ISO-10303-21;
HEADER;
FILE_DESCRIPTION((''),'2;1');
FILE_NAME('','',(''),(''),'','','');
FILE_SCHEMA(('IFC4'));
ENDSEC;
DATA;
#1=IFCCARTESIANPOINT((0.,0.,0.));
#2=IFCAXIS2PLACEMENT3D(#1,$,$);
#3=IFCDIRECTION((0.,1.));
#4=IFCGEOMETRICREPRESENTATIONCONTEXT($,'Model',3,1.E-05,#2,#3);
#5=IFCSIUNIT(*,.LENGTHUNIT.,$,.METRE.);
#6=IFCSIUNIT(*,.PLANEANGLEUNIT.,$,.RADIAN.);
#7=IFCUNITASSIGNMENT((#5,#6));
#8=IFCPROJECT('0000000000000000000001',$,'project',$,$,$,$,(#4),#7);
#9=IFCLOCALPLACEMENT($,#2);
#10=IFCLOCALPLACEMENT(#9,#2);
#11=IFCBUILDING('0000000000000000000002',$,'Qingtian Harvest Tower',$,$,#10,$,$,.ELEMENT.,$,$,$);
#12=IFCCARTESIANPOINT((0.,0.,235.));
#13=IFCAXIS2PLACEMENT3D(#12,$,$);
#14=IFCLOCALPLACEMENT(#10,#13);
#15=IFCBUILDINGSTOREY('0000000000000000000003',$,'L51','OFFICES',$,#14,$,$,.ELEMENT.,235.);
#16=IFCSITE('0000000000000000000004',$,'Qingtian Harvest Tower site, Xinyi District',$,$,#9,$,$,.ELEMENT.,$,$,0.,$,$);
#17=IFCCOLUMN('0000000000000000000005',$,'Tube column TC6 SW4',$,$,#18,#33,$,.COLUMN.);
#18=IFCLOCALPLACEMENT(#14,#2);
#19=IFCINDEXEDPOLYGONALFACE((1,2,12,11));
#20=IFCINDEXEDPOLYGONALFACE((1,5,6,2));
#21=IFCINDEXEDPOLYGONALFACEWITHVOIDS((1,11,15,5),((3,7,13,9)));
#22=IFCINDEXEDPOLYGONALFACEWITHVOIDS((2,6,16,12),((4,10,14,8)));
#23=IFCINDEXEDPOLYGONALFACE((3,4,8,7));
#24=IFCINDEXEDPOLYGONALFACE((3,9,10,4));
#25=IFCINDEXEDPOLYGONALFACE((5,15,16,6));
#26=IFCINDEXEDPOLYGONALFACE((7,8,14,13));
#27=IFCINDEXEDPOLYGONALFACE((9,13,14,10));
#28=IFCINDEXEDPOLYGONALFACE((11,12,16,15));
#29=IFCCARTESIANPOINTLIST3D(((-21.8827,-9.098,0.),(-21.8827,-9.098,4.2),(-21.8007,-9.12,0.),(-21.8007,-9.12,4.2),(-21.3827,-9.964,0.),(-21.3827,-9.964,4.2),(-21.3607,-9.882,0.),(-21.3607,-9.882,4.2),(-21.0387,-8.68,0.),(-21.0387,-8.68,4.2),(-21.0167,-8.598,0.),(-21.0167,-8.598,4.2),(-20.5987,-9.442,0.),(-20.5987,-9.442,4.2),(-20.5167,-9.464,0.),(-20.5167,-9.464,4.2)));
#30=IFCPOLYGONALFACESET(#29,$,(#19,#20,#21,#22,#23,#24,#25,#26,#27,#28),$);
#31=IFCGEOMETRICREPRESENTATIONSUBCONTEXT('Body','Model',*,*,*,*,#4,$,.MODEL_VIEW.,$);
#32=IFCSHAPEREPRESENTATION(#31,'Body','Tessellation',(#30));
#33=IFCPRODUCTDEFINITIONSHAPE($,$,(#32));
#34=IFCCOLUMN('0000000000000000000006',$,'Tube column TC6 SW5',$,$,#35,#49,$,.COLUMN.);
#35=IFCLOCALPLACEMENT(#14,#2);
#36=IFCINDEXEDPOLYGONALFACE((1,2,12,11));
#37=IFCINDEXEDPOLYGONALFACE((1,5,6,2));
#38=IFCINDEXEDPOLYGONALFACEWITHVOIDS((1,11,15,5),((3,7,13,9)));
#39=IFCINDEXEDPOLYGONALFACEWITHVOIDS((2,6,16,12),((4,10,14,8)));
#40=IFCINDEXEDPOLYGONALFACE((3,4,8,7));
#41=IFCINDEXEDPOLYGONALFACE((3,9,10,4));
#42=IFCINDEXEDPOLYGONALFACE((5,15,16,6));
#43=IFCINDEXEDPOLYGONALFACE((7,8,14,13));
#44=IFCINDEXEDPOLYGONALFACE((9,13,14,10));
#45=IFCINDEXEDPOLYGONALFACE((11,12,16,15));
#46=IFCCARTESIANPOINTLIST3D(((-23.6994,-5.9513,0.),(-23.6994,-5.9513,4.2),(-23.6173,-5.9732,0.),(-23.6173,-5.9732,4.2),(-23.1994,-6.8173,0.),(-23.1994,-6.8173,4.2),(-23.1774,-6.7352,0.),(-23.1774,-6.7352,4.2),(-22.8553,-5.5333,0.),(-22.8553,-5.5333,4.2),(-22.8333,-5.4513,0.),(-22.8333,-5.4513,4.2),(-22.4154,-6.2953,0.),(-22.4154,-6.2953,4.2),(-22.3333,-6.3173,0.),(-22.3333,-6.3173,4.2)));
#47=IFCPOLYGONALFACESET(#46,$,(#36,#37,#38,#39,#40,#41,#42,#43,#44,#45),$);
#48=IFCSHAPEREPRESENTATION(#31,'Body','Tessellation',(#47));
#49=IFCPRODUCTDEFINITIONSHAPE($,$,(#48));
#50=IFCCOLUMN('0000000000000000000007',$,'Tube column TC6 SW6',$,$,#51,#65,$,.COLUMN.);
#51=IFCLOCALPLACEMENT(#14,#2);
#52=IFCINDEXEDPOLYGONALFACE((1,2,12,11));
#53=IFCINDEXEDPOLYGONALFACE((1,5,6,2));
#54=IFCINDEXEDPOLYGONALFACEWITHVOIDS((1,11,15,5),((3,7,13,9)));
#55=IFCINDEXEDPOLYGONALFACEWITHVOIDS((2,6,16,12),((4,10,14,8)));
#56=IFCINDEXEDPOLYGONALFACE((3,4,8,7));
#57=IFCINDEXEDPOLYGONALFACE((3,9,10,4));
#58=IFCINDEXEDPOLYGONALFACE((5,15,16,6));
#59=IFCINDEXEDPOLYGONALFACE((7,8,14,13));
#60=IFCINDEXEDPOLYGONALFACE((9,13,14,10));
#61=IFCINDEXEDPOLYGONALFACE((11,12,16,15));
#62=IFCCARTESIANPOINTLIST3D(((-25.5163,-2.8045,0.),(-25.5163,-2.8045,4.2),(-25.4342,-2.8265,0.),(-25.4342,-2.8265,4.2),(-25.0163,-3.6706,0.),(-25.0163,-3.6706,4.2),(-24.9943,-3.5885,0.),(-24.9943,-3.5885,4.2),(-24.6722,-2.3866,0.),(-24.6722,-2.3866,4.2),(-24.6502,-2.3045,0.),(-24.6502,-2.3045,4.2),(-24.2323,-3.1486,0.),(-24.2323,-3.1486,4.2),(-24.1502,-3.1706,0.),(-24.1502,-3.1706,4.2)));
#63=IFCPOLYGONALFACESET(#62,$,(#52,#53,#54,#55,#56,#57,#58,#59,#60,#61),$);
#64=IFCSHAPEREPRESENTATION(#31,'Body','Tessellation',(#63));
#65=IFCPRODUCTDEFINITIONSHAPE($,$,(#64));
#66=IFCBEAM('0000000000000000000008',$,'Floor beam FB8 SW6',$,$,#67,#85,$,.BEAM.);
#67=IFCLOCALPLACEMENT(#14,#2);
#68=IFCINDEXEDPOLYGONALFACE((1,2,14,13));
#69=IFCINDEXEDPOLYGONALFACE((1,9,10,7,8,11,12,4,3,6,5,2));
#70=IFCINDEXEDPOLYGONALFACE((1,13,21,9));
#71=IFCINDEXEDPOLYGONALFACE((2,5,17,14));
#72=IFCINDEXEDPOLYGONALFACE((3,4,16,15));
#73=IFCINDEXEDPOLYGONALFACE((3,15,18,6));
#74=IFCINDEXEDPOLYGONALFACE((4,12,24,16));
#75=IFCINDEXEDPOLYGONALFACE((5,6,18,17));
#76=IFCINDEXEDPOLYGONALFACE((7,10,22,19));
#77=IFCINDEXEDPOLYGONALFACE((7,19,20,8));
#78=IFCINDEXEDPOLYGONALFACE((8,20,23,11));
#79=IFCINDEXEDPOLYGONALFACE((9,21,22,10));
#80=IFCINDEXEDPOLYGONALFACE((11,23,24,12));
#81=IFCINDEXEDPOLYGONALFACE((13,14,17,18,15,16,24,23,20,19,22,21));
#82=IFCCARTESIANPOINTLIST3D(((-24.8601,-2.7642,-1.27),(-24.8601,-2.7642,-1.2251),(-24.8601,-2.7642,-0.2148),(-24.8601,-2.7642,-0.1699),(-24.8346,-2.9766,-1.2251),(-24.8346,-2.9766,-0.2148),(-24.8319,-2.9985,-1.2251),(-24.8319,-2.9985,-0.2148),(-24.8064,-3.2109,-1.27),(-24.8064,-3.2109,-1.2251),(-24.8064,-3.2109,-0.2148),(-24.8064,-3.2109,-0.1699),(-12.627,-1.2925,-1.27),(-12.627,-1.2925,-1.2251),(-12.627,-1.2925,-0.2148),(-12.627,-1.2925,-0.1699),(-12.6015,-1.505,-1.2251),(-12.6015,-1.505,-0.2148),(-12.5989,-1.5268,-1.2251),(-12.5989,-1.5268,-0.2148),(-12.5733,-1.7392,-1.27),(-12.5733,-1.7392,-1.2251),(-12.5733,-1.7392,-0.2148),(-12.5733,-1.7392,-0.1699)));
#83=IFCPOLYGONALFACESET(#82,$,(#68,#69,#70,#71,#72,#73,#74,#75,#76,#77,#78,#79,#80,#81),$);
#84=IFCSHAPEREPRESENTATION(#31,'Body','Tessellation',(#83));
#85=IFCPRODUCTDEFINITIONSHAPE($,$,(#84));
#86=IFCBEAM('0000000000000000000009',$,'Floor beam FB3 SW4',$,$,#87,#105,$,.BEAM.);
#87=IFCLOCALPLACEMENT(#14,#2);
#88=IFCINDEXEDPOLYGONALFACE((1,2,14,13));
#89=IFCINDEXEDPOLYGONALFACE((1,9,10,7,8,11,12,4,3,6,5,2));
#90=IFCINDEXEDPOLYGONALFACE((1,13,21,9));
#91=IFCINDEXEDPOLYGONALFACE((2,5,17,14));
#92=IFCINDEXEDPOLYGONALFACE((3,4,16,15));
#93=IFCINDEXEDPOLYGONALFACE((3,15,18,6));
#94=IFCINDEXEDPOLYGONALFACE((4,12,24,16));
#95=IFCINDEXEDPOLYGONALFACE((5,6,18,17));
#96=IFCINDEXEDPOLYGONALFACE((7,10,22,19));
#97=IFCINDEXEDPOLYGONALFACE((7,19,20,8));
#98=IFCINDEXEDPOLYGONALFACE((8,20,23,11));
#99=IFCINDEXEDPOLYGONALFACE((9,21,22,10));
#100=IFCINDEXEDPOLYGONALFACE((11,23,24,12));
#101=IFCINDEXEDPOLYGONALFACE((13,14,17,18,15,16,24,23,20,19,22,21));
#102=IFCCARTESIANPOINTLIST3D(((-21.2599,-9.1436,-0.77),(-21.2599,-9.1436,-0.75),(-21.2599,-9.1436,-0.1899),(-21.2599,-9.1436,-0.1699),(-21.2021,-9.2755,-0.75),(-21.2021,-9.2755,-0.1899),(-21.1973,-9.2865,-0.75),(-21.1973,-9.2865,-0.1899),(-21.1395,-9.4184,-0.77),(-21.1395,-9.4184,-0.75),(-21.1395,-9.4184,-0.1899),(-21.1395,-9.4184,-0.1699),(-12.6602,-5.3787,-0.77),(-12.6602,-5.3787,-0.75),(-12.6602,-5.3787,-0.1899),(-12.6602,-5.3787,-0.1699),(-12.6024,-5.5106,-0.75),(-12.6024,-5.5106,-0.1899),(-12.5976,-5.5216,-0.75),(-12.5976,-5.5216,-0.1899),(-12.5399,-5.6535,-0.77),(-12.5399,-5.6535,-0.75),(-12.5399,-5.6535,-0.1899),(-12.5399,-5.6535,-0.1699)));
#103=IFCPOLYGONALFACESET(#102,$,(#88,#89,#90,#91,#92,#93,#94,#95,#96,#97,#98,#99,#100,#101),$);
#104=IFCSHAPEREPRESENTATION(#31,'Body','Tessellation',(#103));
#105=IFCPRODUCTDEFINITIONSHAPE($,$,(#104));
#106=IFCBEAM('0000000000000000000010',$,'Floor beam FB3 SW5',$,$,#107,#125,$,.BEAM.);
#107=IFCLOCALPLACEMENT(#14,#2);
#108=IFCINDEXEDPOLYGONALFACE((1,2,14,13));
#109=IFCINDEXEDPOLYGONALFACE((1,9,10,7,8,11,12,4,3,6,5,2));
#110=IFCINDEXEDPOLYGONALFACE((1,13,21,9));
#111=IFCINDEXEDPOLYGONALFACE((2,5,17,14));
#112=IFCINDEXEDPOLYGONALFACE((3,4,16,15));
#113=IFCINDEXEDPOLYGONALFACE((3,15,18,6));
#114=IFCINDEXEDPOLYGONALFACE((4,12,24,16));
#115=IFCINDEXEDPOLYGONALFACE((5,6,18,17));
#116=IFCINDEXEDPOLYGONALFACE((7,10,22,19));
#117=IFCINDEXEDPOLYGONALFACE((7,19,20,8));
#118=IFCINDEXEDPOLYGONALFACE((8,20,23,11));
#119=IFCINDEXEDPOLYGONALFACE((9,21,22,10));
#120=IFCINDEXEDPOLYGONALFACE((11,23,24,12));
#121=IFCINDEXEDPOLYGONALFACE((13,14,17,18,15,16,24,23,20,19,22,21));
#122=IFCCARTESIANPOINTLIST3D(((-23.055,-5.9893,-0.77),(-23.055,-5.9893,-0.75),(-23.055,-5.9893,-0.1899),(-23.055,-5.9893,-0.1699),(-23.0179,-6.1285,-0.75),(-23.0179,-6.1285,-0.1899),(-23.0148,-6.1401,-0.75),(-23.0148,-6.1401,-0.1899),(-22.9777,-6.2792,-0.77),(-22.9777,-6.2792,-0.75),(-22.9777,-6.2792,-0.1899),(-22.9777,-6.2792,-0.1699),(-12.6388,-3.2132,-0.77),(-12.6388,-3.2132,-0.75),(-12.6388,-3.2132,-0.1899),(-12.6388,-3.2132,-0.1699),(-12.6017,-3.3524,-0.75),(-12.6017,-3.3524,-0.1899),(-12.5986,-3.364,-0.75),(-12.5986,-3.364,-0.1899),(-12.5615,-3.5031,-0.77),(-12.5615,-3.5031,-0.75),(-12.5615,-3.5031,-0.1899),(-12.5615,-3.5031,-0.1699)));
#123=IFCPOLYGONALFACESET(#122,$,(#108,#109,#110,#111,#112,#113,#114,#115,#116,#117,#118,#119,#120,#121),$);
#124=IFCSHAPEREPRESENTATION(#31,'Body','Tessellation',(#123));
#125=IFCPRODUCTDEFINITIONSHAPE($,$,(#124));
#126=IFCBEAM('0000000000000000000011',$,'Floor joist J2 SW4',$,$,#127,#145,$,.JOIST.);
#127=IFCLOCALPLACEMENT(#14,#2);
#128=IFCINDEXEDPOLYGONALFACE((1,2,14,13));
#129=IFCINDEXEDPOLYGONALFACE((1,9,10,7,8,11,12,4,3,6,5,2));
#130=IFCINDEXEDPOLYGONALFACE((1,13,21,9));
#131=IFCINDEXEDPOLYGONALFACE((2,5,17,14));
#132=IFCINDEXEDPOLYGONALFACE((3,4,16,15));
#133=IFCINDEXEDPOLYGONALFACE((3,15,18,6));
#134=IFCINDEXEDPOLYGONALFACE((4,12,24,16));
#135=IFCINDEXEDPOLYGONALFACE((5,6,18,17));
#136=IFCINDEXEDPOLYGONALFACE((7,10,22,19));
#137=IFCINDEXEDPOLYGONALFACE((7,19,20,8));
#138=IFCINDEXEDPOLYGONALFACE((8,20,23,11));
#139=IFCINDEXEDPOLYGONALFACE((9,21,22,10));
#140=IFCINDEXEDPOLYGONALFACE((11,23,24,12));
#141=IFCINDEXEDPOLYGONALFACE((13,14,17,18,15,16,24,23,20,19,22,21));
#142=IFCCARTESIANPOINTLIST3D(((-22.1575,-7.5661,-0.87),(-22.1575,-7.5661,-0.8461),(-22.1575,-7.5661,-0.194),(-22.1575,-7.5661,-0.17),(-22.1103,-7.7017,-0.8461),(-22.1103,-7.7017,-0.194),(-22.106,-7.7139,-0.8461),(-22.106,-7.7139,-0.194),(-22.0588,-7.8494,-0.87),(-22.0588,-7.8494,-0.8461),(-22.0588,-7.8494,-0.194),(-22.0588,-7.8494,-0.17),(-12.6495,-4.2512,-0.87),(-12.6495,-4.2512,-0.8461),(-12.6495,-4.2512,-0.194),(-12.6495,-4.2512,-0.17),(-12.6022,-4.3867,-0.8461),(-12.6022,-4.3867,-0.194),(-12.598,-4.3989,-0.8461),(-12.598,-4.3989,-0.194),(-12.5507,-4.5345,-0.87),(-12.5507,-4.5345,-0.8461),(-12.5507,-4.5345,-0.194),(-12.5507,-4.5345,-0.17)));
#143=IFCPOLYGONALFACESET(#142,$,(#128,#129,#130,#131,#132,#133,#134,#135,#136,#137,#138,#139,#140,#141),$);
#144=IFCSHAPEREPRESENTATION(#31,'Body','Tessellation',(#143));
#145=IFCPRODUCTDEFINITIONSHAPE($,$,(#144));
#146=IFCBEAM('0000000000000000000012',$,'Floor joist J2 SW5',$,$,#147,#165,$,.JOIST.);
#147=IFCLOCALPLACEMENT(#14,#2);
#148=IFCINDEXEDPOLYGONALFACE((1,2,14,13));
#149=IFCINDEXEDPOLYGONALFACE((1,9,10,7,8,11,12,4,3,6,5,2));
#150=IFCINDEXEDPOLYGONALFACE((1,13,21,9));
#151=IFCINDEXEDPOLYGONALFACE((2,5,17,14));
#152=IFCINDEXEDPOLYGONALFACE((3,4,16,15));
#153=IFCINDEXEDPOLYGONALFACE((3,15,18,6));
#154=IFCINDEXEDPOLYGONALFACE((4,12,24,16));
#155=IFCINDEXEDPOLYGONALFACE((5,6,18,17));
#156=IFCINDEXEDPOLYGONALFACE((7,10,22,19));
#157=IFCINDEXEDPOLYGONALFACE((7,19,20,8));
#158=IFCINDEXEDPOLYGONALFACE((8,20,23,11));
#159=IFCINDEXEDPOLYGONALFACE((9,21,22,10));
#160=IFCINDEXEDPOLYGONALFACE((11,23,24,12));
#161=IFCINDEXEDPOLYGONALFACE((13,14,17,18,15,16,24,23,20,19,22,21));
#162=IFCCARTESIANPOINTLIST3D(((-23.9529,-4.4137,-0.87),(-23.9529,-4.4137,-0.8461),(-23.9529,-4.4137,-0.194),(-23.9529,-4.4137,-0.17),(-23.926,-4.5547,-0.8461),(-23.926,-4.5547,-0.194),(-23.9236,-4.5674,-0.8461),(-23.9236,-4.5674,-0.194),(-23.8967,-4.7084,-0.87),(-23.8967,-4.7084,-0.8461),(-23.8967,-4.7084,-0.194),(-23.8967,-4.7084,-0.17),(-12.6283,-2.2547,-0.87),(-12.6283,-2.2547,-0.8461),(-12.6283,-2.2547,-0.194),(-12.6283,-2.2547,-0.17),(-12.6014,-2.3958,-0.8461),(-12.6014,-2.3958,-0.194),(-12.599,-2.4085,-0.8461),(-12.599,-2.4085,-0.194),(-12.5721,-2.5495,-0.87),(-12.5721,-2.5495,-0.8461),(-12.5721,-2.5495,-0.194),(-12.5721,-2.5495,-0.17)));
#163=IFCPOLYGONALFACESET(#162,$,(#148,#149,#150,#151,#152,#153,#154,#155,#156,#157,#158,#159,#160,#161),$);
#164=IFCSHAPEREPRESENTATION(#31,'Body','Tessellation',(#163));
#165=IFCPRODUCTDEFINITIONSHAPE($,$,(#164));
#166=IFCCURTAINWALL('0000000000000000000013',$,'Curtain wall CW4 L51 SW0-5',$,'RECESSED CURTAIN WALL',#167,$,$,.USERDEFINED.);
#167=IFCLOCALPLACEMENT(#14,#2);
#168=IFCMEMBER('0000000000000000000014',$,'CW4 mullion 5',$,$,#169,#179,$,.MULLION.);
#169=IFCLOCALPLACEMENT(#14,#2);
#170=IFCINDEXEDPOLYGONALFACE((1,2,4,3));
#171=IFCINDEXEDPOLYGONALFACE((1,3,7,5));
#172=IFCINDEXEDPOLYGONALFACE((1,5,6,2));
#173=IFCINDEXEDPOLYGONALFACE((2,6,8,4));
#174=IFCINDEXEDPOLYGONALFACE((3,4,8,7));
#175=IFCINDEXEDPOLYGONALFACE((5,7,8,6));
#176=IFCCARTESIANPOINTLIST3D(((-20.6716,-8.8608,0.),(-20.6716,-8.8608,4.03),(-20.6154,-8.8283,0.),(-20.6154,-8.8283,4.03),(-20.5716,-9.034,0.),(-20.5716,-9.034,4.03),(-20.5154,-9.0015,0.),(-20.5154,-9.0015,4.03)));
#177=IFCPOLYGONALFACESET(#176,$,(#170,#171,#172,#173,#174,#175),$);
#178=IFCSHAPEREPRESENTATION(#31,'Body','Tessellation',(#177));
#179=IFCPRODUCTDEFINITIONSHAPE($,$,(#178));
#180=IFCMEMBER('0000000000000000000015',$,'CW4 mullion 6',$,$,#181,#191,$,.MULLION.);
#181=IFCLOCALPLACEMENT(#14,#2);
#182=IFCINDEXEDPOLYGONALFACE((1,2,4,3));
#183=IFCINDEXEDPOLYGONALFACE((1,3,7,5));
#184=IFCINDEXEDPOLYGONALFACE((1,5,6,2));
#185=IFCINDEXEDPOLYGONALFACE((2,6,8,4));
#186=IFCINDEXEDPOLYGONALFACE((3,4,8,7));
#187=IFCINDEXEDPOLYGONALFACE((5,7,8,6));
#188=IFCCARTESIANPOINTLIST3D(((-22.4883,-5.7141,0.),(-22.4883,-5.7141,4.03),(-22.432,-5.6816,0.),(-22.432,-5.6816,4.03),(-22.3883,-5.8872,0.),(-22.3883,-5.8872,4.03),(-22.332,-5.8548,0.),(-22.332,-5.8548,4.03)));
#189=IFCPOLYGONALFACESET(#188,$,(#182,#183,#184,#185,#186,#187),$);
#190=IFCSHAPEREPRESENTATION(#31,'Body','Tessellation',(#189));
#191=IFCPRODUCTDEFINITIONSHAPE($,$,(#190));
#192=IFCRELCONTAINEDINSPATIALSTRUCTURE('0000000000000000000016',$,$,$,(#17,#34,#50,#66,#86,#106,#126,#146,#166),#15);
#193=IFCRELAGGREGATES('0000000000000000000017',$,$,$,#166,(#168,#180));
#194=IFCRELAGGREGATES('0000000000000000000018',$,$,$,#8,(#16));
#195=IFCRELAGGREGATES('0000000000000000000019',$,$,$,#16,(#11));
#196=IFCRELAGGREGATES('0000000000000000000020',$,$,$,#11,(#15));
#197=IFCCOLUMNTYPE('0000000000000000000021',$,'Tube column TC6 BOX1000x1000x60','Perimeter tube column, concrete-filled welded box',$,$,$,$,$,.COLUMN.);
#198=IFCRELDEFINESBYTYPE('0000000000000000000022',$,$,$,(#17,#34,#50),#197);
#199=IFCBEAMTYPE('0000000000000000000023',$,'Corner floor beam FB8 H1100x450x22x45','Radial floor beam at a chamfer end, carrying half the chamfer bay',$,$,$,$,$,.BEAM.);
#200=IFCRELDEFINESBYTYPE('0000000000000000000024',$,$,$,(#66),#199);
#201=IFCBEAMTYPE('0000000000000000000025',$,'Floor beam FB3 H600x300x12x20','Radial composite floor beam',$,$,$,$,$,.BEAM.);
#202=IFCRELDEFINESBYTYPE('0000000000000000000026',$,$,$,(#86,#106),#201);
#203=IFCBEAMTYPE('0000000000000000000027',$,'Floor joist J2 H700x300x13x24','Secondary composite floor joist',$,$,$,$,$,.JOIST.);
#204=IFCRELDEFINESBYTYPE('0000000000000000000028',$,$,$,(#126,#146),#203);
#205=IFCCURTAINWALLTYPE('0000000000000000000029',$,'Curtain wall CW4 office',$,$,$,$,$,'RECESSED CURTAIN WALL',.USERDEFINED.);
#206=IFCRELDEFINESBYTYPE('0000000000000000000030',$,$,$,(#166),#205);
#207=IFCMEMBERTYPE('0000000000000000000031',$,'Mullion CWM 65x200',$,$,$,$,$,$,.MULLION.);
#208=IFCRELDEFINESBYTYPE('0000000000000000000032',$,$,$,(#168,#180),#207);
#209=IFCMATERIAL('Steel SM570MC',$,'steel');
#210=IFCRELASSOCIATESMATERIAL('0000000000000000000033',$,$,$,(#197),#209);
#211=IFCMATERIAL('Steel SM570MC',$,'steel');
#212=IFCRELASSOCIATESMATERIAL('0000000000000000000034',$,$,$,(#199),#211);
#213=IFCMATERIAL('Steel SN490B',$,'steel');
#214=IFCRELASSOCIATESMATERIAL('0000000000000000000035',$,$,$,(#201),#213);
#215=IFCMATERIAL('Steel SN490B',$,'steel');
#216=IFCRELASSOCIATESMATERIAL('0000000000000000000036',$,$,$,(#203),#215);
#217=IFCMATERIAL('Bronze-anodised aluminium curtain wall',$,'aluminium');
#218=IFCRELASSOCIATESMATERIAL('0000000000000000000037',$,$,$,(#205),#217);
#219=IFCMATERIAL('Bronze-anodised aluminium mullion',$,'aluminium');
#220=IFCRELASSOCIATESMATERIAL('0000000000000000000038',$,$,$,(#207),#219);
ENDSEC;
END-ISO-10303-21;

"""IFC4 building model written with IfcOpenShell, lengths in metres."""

from ifc_helpers import new_model, si_unit, direction, frame, origin, origin_2d, place, context, subcontext, project, spatial, rectangle, hollow_rectangle, i_section, extrude, material, material_profile, profile_set, type_object, element, aggregate, save


model = new_model("IFC4")

# Units and contexts
model_context = context("Model", 3, precision=1e-05, world=origin(), true_north=direction((0.0, 1.0)))
body_context = subcontext(model_context, "Body", "Model", "MODEL_VIEW")
ifc_project = project(units=[si_unit("LENGTHUNIT", "METRE"), si_unit("PLANEANGLEUNIT", "RADIAN")], contexts=[model_context])

# Site, building, storey
site_placement = place(None, origin())
site = spatial("IfcSite", under=ifc_project, at=site_placement, Name="Qingtian Harvest Tower site, Xinyi District", CompositionType="ELEMENT", RefElevation=0.0)
building_placement = place(site_placement, origin())
building = spatial("IfcBuilding", under=site, at=building_placement, Name="Qingtian Harvest Tower", CompositionType="ELEMENT")
storey_placement = place(building_placement, frame((0.0, 0.0, 235.0)))
storey = spatial("IfcBuildingStorey", under=building, at=storey_placement, Name="L51", Description="OFFICES", CompositionType="ELEMENT", Elevation=235.0)

# Columns
ifc_material_1 = material(Name="Steel SM570MC", Category="steel")
ifc_material_profile_1 = material_profile(ifc_material_1, hollow_rectangle(XDim=1.0, YDim=1.0, WallThickness=0.0601, at=origin_2d()), Name="BOX1000x1000x60")
ifc_profile_set_1 = profile_set([ifc_material_profile_1], Name="Steel SM570MC")
column_type = type_object("IfcColumnType", Name="Tube column TC6 BOX1000x1000x60", Description="Perimeter tube column, concrete-filled welded box", PredefinedType="COLUMN", material=ifc_profile_set_1)
for number, where, z_axis, x_axis, name in (
    (1, (-21.1997, -9.281, 0.0), (0.0, 0.0, 1.0), (0.5, -0.866025, 0.0), "Tube column TC6 SW4"),
    (2, (-23.0164, -6.1343, 0.0), (0.0, 0.0, 1.0), (0.5, -0.866025, 0.0), "Tube column TC6 SW5"),
    (3, (-24.8333, -2.9875, 0.0), (0.0, 0.0, 1.0), (0.5, -0.866025, 0.0), "Tube column TC6 SW6"),
):
    element("IfcColumn", number, at=place(storey_placement, frame(where, z_axis=z_axis, x_axis=x_axis)), inside=storey, type_object=column_type, Name=name, PredefinedType="COLUMN", context=body_context, shape_type="SweptSolid", body=[
        extrude(hollow_rectangle(XDim=1.0, YDim=1.0, WallThickness=0.0601, at=origin_2d()), origin(), (0.0, 0.0, 1.0), 4.2),
    ])

# Beams
ifc_material_2 = material(Name="Steel SM570MC", Category="steel")
ifc_material_profile_2 = material_profile(ifc_material_2, i_section(OverallWidth=0.45, OverallDepth=1.1001, WebThickness=0.022, FlangeThickness=0.0449, at=origin_2d()), Name="H1100x450x22x45")
ifc_profile_set_2 = profile_set([ifc_material_profile_2], Name="Steel SM570MC")
beam_type_1 = type_object("IfcBeamType", Name="Corner floor beam FB8 H1100x450x22x45", Description="Radial floor beam at a chamfer end, carrying half the chamfer bay", PredefinedType="BEAM", material=ifc_profile_set_2)
beam_1_placement = place(storey_placement, frame((-24.8333, -2.9875, -0.72), z_axis=(0.992841, 0.119441, 0.0), x_axis=(-0.119441, 0.992841, 0.0)))
element("IfcBeam", 4, at=beam_1_placement, inside=storey, type_object=beam_type_1, Name="Floor beam FB8 SW6", PredefinedType="BEAM", context=body_context, shape_type="SweptSolid", body=[
    extrude(i_section(OverallWidth=0.45, OverallDepth=1.1001, WebThickness=0.022, FlangeThickness=0.0449, at=origin_2d()), origin(), (0.0, 0.0, 1.0), 12.3213),
])
ifc_material_3 = material(Name="Steel SN490B", Category="steel")
ifc_material_profile_3 = material_profile(ifc_material_3, i_section(OverallWidth=0.3, OverallDepth=0.6001, WebThickness=0.012, FlangeThickness=0.02, at=origin_2d()), Name="H600x300x12x20")
ifc_profile_set_3 = profile_set([ifc_material_profile_3], Name="Steel SN490B")
beam_type_2 = type_object("IfcBeamType", Name="Floor beam FB3 H600x300x12x20", Description="Radial composite floor beam", PredefinedType="BEAM", material=ifc_profile_set_3)
beam_2_placement = place(storey_placement, frame((-21.1997, -9.281, -0.47), z_axis=(0.916057, 0.401048, 0.0), x_axis=(-0.401048, 0.916057, 0.0)))
element("IfcBeam", 5, at=beam_2_placement, inside=storey, type_object=beam_type_2, Name="Floor beam FB3 SW4", PredefinedType="BEAM", context=body_context, shape_type="SweptSolid", body=[
    extrude(i_section(OverallWidth=0.3, OverallDepth=0.6001, WebThickness=0.012, FlangeThickness=0.02, at=origin_2d()), origin(), (0.0, 0.0, 1.0), 9.3877),
])
beam_3_placement = place(storey_placement, frame((-23.0164, -6.1343, -0.47), z_axis=(0.966271, 0.257529, 0.0), x_axis=(-0.257529, 0.966271, 0.0)))
element("IfcBeam", 6, at=beam_3_placement, inside=storey, type_object=beam_type_2, Name="Floor beam FB3 SW5", PredefinedType="BEAM", context=body_context, shape_type="SweptSolid", body=[
    extrude(i_section(OverallWidth=0.3, OverallDepth=0.6001, WebThickness=0.012, FlangeThickness=0.02, at=origin_2d()), origin(), (0.0, 0.0, 1.0), 10.7798),
])
ifc_material_4 = material(Name="Steel SN490B", Category="steel")
ifc_material_profile_4 = material_profile(ifc_material_4, i_section(OverallWidth=0.3, OverallDepth=0.7, WebThickness=0.0129, FlangeThickness=0.0239, at=origin_2d()), Name="H700x300x13x24")
ifc_profile_set_4 = profile_set([ifc_material_profile_4], Name="Steel SN490B")
beam_type_3 = type_object("IfcBeamType", Name="Floor joist J2 H700x300x13x24", Description="Secondary composite floor joist", PredefinedType="JOIST", material=ifc_profile_set_4)
beam_4_placement = place(storey_placement, frame((-22.1082, -7.7078, -0.52), z_axis=(0.944256, 0.329211, 0.0), x_axis=(-0.329211, 0.944256, 0.0)))
element("IfcBeam", 7, at=beam_4_placement, inside=storey, type_object=beam_type_3, Name="Floor joist J2 SW4", PredefinedType="JOIST", context=body_context, shape_type="SweptSolid", body=[
    extrude(i_section(OverallWidth=0.3, OverallDepth=0.7, WebThickness=0.0129, FlangeThickness=0.0239, at=origin_2d()), origin(), (0.0, 0.0, 1.0), 10.0693),
])
beam_5_placement = place(storey_placement, frame((-23.9248, -4.561, -0.52), z_axis=(0.982309, 0.187267, 0.0), x_axis=(-0.187267, 0.982309, 0.0)))
element("IfcBeam", 8, at=beam_5_placement, inside=storey, type_object=beam_type_3, Name="Floor joist J2 SW5", PredefinedType="JOIST", context=body_context, shape_type="SweptSolid", body=[
    extrude(i_section(OverallWidth=0.3, OverallDepth=0.7, WebThickness=0.0129, FlangeThickness=0.0239, at=origin_2d()), origin(), (0.0, 0.0, 1.0), 11.5286),
])

# Curtain wall, members
ifc_material_5 = material(Name="Bronze-anodised aluminium curtain wall", Category="aluminium")
curtain_wall_type = type_object("IfcCurtainWallType", Name="Curtain wall CW4 office", ElementType="RECESSED CURTAIN WALL", PredefinedType="USERDEFINED", material=ifc_material_5)
curtain_wall_1_placement = place(storey_placement, origin())
curtain_wall_1 = element("IfcCurtainWall", 9, at=curtain_wall_1_placement, inside=storey, type_object=curtain_wall_type, Name="Curtain wall CW4 L51 SW0-5", ObjectType="RECESSED CURTAIN WALL", PredefinedType="USERDEFINED")
ifc_material_6 = material(Name="Bronze-anodised aluminium mullion", Category="aluminium")
ifc_material_profile_5 = material_profile(ifc_material_6, rectangle(XDim=0.0649, YDim=0.2, at=origin_2d()), Name="AL 65x200")
ifc_profile_set_5 = profile_set([ifc_material_profile_5], Name="Bronze-anodised aluminium mullion")
member_type_1 = type_object("IfcMemberType", Name="Mullion CWM 65x200", PredefinedType="MULLION", material=ifc_profile_set_5)
member_1_placement = place(storey_placement, frame((-20.5935, -8.9312, 0.0), z_axis=(0.0, 0.0, 1.0), x_axis=(-0.866025, -0.5, 0.0)))
member_1 = element("IfcMember", 10, at=member_1_placement, type_object=member_type_1, Name="CW4 mullion 5", PredefinedType="MULLION", context=body_context, shape_type="SweptSolid", body=[
    extrude(rectangle(XDim=0.0649, YDim=0.2, at=origin_2d()), origin(), (0.0, 0.0, 1.0), 4.03),
])
member_2_placement = place(storey_placement, frame((-22.4102, -5.7844, 0.0), z_axis=(0.0, 0.0, 1.0), x_axis=(-0.866025, -0.5, 0.0)))
member_2 = element("IfcMember", 11, at=member_2_placement, type_object=member_type_1, Name="CW4 mullion 6", PredefinedType="MULLION", context=body_context, shape_type="SweptSolid", body=[
    extrude(rectangle(XDim=0.0649, YDim=0.2, at=origin_2d()), origin(), (0.0, 0.0, 1.0), 4.03),
])

aggregate(curtain_wall_1, [member_1, member_2])

save(model, "model.ifc")
